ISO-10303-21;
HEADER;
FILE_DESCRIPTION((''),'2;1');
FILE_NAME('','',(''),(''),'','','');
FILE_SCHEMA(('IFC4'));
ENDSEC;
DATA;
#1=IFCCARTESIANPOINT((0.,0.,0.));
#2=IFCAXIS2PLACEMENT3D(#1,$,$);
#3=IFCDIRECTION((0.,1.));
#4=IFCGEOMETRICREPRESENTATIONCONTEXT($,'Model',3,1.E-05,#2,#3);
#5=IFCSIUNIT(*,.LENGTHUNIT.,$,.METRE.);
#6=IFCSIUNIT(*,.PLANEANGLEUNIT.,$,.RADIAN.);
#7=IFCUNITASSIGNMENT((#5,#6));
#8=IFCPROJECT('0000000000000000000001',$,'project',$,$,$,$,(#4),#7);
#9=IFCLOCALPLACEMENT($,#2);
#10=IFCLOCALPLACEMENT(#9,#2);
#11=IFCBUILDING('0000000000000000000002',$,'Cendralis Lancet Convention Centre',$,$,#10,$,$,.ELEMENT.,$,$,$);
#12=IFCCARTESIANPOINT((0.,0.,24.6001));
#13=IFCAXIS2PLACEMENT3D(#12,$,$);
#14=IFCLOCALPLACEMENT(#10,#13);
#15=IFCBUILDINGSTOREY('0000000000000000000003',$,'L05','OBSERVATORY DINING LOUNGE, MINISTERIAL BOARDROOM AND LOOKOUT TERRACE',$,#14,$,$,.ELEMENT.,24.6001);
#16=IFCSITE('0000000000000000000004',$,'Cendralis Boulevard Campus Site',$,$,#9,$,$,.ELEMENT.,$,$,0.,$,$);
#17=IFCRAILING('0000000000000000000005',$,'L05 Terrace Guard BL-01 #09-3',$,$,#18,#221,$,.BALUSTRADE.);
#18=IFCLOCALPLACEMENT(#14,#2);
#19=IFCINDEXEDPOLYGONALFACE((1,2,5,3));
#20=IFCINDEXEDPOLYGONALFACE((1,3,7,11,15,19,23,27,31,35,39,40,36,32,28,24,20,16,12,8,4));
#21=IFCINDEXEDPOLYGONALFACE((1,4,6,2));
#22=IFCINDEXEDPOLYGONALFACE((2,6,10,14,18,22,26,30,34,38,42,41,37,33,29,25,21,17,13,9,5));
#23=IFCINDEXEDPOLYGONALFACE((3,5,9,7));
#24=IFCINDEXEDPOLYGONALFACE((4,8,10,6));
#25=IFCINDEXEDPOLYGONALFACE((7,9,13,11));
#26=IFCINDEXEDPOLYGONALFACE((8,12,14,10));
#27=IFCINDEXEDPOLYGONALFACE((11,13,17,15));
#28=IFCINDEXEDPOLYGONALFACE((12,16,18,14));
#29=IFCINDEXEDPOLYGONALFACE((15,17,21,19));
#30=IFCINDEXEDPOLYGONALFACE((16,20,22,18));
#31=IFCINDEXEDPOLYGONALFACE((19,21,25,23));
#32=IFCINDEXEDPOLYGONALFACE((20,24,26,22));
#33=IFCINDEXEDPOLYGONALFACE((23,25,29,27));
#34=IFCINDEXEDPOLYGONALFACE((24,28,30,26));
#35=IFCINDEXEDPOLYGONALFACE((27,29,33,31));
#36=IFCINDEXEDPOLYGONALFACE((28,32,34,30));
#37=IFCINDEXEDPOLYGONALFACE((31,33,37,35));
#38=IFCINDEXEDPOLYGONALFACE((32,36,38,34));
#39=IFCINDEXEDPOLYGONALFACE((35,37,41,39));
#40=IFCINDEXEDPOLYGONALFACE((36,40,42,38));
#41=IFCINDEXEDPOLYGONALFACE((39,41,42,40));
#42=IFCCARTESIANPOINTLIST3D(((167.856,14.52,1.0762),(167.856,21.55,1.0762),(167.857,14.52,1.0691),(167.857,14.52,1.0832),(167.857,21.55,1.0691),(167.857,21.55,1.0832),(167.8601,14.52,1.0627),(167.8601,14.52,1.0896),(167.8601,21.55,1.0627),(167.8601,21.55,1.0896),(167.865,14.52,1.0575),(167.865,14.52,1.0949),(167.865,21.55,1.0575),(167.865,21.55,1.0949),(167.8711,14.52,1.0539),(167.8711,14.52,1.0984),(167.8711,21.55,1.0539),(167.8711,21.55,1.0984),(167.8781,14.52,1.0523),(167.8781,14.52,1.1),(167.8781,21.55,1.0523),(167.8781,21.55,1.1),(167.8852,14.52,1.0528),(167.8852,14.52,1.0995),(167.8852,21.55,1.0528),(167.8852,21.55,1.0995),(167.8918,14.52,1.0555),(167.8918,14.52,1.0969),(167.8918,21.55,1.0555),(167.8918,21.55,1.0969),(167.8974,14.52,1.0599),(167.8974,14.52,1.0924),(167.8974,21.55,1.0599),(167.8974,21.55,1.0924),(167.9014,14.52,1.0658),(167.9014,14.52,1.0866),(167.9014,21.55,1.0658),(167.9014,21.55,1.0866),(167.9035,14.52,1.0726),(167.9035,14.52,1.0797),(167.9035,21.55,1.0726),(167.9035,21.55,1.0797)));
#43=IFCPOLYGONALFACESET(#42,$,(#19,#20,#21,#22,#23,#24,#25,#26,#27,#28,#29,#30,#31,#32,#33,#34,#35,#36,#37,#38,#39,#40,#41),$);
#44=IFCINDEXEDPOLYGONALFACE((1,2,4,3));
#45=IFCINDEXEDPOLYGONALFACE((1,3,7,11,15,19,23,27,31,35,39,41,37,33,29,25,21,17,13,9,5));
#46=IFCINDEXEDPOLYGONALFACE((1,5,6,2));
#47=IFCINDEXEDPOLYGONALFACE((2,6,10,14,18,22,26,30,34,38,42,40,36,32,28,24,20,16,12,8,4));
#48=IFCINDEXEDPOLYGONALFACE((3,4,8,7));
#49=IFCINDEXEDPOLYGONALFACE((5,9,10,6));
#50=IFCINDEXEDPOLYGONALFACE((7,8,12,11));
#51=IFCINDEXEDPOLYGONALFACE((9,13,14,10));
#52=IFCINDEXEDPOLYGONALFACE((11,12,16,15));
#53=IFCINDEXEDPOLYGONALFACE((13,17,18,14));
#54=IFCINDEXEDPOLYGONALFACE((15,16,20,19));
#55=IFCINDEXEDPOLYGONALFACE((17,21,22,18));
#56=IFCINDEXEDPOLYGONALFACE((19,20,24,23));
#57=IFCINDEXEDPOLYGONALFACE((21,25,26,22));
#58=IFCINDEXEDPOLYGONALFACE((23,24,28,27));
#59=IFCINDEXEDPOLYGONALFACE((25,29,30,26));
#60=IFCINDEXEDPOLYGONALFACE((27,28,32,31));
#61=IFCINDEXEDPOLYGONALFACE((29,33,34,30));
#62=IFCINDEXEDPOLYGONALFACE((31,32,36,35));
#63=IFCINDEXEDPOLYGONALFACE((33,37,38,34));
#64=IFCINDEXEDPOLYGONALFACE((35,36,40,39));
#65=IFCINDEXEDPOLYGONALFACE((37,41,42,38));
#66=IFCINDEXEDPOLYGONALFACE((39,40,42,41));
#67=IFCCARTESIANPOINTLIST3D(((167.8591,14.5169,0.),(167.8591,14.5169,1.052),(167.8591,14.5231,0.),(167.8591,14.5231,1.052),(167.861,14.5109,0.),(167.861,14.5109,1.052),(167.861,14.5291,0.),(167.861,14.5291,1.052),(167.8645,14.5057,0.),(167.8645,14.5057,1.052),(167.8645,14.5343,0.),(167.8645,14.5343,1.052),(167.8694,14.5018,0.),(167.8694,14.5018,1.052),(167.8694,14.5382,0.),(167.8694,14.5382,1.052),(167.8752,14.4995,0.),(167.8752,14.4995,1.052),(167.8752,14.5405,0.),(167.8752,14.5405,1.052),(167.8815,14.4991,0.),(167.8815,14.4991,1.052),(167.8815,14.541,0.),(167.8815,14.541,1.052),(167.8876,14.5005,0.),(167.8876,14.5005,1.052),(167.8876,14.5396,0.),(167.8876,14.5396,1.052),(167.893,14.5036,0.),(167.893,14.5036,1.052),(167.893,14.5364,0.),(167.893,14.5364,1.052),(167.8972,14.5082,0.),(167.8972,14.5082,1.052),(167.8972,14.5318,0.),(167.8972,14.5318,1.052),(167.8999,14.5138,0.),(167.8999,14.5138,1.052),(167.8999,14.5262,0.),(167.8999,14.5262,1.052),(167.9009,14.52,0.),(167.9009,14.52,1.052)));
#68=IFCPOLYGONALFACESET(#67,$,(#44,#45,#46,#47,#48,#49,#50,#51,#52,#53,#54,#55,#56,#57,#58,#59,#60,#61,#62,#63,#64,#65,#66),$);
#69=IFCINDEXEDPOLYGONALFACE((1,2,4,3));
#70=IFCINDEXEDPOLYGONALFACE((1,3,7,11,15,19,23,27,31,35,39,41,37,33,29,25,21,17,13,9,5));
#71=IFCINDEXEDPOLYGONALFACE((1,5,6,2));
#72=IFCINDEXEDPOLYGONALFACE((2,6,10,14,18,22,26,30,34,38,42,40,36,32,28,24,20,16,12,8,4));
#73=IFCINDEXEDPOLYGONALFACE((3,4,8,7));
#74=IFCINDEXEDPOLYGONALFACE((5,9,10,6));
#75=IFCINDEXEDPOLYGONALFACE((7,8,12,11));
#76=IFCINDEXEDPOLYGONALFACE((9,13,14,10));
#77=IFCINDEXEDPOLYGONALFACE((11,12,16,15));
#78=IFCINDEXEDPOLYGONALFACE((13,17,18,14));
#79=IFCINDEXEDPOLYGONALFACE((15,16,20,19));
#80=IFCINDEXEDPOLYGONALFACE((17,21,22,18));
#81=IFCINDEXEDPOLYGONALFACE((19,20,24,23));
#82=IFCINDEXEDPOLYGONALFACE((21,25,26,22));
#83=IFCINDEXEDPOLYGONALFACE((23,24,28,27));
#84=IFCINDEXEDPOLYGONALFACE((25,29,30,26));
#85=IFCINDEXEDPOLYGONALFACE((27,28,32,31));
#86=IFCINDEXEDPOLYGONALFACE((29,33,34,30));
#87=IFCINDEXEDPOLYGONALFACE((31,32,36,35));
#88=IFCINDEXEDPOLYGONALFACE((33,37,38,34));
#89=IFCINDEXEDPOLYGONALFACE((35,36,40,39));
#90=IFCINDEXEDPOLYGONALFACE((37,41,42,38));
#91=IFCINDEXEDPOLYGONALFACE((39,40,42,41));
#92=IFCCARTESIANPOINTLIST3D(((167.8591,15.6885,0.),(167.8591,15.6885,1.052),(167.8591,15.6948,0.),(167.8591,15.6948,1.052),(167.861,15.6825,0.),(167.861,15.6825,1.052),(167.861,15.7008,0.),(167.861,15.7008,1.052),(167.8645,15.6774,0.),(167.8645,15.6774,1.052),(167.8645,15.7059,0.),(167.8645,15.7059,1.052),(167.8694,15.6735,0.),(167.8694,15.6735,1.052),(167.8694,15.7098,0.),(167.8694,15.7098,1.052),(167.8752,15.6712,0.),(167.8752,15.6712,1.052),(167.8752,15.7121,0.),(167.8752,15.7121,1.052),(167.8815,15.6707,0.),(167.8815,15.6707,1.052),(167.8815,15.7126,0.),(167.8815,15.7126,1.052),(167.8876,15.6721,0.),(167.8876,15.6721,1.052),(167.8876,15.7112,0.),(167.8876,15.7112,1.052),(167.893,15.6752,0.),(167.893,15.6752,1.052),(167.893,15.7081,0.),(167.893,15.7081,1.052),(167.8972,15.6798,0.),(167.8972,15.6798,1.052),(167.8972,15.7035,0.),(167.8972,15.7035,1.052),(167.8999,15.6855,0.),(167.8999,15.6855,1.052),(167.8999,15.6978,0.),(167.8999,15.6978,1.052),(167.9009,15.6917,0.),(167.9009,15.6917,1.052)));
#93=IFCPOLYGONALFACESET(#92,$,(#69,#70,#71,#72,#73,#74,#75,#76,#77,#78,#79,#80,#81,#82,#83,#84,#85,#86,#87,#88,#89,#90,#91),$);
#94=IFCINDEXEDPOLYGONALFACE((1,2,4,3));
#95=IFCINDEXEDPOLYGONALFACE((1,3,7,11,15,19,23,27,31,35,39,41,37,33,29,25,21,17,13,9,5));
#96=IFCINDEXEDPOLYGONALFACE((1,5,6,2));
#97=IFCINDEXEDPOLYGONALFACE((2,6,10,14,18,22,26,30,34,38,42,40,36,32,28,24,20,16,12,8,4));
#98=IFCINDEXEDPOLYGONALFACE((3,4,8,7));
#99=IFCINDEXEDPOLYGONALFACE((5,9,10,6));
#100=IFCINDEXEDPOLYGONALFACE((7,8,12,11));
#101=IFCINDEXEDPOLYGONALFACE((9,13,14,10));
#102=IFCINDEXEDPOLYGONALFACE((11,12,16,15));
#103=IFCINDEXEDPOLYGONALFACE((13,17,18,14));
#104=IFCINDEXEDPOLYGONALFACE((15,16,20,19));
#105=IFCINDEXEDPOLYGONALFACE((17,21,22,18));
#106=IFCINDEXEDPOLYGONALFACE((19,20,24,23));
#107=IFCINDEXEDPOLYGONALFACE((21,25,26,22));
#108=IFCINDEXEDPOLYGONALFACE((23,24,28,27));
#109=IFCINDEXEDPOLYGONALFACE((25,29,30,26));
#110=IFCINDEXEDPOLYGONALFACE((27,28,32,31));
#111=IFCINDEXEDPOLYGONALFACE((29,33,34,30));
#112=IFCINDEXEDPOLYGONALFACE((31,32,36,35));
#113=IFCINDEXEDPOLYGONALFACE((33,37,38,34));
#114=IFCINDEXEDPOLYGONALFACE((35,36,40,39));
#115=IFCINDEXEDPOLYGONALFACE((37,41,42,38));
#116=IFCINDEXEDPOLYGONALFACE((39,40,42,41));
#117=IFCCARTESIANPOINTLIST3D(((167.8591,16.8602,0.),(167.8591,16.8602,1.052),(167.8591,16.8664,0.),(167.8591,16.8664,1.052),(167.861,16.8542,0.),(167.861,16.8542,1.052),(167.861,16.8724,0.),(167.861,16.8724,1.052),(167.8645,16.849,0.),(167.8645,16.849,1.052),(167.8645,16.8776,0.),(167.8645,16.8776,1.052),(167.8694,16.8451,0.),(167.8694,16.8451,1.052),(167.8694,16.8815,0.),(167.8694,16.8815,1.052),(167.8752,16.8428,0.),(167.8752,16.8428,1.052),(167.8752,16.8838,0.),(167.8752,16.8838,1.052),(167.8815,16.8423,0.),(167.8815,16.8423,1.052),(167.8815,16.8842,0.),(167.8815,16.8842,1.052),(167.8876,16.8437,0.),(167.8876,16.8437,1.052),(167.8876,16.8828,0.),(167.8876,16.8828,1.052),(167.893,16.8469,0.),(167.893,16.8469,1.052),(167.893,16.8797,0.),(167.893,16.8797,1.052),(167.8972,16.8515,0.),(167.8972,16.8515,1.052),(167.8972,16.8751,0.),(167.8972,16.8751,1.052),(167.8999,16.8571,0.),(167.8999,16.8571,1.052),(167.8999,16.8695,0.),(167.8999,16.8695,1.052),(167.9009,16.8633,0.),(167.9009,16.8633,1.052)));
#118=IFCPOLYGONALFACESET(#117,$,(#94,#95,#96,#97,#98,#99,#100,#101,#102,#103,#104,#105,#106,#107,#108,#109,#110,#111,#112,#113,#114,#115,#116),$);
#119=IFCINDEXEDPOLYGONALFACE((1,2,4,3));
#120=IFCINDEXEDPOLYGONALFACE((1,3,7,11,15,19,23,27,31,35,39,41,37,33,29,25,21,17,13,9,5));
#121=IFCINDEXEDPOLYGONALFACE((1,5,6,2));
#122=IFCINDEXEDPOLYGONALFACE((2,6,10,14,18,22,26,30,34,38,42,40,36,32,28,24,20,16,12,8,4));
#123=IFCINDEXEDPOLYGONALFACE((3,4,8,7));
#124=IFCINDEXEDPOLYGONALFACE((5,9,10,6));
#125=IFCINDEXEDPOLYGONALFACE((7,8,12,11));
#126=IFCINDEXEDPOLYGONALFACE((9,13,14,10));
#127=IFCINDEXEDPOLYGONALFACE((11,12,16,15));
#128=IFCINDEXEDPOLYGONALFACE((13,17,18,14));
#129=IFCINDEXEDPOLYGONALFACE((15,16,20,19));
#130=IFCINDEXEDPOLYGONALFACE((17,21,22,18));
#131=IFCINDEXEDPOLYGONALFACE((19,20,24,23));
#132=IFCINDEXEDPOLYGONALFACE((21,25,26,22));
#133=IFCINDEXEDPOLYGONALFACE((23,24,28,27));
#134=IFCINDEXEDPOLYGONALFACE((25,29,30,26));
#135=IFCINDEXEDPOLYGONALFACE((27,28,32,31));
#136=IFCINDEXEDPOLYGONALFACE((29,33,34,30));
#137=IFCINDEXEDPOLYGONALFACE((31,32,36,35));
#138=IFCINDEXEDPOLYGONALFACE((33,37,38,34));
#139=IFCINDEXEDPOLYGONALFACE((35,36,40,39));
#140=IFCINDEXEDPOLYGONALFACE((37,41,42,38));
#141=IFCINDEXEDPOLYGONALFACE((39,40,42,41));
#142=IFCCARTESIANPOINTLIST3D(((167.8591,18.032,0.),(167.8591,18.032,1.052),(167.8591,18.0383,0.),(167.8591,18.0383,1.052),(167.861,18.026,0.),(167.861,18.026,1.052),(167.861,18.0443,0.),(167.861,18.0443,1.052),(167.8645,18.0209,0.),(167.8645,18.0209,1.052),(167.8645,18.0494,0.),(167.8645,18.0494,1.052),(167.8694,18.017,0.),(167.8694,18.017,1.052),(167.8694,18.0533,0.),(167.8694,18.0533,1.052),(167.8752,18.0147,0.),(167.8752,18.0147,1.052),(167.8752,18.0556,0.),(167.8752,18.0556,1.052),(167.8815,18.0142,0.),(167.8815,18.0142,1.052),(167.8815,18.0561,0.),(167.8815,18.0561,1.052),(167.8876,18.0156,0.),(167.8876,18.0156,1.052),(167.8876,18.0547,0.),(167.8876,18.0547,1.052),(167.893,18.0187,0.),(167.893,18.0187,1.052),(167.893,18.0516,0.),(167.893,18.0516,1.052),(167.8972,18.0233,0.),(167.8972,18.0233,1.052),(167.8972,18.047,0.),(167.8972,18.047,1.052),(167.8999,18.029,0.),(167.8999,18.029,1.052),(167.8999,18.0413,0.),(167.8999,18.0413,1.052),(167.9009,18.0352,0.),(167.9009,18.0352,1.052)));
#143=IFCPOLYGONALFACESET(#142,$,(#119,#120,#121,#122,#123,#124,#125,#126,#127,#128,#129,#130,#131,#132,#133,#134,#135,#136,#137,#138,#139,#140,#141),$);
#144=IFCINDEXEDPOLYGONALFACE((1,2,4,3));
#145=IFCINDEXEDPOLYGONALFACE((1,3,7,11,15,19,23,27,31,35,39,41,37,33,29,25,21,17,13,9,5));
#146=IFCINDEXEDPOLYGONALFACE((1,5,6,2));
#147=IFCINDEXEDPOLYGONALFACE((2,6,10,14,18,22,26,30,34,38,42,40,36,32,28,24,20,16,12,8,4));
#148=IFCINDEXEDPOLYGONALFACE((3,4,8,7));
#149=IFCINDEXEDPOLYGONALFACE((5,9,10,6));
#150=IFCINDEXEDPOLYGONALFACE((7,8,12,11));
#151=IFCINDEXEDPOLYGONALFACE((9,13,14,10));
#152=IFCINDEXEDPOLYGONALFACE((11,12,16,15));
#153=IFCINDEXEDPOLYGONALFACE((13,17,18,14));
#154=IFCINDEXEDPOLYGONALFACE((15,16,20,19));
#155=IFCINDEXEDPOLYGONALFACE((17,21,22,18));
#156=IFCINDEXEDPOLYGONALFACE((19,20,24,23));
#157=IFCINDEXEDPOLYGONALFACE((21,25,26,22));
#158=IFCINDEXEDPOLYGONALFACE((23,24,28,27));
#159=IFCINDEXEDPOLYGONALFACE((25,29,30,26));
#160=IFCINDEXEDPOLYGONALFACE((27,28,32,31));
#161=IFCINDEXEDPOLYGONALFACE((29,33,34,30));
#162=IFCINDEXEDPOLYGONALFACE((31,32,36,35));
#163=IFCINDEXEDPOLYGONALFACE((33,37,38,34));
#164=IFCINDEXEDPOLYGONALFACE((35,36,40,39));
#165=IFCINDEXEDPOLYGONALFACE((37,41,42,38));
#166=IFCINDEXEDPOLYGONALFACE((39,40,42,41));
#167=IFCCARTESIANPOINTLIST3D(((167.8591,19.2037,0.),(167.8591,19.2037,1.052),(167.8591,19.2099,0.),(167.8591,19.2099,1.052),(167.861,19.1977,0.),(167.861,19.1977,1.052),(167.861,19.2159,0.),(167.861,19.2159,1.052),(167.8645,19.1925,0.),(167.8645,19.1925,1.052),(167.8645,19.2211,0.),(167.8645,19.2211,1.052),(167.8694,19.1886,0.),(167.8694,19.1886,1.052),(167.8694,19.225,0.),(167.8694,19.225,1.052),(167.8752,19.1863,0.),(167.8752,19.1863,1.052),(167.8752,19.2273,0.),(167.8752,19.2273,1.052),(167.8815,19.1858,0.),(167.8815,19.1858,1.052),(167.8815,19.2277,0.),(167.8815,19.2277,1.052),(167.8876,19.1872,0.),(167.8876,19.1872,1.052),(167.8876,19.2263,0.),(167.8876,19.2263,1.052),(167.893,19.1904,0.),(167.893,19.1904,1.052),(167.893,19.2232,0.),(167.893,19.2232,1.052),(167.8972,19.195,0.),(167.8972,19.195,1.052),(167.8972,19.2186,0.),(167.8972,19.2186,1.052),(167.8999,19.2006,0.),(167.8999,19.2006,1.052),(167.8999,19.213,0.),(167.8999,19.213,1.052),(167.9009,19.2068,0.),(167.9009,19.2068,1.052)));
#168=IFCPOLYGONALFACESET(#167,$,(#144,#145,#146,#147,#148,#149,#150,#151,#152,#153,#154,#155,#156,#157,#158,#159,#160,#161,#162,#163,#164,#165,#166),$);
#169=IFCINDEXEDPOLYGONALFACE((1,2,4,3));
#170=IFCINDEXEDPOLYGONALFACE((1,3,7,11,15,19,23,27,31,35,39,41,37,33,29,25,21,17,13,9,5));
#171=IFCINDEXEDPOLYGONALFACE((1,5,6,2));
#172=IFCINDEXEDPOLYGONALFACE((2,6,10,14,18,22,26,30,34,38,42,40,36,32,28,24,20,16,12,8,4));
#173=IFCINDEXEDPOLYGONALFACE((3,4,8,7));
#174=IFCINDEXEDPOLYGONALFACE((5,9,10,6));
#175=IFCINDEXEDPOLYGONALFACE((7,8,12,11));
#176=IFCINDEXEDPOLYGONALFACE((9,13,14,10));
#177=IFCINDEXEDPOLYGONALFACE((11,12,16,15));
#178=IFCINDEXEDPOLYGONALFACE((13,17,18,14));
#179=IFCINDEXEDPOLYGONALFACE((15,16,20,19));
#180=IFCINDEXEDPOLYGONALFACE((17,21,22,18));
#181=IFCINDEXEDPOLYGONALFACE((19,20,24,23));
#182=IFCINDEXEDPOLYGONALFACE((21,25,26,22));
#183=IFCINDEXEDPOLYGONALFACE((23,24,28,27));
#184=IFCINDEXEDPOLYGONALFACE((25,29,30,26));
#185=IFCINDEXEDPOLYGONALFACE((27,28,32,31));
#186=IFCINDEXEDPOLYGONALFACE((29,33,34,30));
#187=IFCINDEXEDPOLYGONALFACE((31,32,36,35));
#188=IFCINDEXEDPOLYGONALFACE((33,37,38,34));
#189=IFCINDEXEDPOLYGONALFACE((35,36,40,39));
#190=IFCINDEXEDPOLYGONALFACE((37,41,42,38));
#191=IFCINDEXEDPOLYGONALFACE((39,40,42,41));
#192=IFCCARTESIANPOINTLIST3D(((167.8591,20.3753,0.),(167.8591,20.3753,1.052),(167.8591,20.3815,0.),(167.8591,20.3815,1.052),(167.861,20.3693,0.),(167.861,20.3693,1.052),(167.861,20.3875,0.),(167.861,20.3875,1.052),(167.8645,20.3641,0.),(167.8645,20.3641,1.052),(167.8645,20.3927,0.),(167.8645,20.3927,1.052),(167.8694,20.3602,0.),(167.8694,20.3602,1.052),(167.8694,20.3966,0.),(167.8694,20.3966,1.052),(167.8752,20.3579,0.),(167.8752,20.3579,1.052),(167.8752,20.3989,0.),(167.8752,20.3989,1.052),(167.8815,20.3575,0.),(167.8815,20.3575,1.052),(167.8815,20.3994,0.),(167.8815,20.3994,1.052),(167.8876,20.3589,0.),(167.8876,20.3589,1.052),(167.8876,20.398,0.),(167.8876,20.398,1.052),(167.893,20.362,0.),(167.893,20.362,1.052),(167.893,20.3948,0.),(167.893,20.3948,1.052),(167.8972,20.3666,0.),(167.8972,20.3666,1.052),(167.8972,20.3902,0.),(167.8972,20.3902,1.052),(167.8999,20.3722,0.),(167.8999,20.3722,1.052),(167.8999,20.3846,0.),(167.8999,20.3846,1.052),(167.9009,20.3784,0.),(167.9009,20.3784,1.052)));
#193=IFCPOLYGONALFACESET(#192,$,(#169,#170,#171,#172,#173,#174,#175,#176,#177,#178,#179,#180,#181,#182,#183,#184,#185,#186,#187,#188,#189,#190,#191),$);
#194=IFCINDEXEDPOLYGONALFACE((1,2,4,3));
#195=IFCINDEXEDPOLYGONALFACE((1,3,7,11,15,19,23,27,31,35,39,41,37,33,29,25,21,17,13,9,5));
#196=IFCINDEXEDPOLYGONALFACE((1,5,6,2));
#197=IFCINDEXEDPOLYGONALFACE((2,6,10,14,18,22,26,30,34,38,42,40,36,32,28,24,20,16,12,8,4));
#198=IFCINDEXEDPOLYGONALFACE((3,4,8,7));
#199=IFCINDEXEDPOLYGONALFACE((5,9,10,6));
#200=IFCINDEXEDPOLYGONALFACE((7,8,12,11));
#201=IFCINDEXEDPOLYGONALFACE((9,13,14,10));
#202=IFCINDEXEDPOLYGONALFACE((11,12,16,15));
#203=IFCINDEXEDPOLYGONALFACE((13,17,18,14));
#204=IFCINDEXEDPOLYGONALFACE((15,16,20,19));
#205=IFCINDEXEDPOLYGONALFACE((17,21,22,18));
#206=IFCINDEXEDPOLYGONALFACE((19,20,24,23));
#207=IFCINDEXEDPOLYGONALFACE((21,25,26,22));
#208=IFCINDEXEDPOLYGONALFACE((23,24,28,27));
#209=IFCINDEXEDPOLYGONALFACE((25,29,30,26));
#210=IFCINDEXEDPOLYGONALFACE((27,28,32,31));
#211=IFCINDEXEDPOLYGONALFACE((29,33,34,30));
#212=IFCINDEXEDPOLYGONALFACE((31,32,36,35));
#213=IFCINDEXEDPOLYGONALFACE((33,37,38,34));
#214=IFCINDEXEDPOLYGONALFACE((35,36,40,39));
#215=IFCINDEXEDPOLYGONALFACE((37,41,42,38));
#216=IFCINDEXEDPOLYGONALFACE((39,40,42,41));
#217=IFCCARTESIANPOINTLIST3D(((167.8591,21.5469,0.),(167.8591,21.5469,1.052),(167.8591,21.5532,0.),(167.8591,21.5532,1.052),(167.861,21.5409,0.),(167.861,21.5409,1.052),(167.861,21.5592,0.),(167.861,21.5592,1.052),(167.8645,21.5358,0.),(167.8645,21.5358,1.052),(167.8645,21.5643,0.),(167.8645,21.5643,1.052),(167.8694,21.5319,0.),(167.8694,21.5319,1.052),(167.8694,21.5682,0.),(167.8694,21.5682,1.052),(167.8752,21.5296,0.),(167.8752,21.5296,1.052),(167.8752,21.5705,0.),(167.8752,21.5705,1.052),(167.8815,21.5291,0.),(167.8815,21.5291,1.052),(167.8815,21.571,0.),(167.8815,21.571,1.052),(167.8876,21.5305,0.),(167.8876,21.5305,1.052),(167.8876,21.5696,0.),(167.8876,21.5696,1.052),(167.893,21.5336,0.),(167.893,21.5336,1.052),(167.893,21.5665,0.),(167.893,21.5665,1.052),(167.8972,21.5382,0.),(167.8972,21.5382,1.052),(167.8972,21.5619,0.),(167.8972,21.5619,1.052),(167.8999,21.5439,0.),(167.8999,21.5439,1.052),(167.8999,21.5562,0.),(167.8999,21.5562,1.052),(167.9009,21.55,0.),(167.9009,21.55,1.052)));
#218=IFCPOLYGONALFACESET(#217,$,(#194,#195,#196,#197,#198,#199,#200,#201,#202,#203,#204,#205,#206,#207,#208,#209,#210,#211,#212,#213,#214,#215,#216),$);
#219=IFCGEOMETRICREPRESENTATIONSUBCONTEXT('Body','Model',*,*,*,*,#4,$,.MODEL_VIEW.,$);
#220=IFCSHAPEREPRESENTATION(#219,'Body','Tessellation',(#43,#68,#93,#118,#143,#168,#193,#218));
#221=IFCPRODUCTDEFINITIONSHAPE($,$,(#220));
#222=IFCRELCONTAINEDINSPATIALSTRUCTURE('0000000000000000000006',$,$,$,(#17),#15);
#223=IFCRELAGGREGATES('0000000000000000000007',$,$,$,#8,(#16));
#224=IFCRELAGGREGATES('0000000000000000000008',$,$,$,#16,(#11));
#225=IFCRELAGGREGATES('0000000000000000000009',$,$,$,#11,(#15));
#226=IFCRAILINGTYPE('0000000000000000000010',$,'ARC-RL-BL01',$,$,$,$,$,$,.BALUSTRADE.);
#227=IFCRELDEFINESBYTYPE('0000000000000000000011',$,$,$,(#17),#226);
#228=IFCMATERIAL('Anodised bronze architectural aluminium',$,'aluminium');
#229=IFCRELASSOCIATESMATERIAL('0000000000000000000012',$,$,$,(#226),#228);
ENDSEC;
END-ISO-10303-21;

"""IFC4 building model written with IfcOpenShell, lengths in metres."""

from ifc_helpers import new_model, si_unit, direction, frame, origin, origin_2d, place, context, subcontext, project, spatial, circle, extrude, material, type_object, element, save


model = new_model("IFC4")

# Units and contexts
model_context = context("Model", 3, precision=1e-05, world=origin(), true_north=direction((0.0, 1.0)))
body_context = subcontext(model_context, "Body", "Model", "MODEL_VIEW")
ifc_project = project(units=[si_unit("LENGTHUNIT", "METRE"), si_unit("PLANEANGLEUNIT", "RADIAN")], contexts=[model_context])

# Site, building, storey
site_placement = place(None, origin())
site = spatial("IfcSite", under=ifc_project, at=site_placement, Name="Cendralis Boulevard Campus Site", CompositionType="ELEMENT", RefElevation=0.0)
building_placement = place(site_placement, origin())
building = spatial("IfcBuilding", under=site, at=building_placement, Name="Cendralis Lancet Convention Centre", CompositionType="ELEMENT")
storey_placement = place(building_placement, frame((0.0, 0.0, 24.6001)))
storey = spatial("IfcBuildingStorey", under=building, at=storey_placement, Name="L05", Description="OBSERVATORY DINING LOUNGE, MINISTERIAL BOARDROOM AND LOOKOUT TERRACE", CompositionType="ELEMENT", Elevation=24.6001)

# Shared definitions
ifc_material_1 = material(Name="Anodised bronze architectural aluminium", Category="aluminium")

# Railing
railing_type = type_object("IfcRailingType", Name="ARC-RL-BL01", PredefinedType="BALUSTRADE", material=ifc_material_1)
railing_placement = place(storey_placement, frame((167.8799, 14.52, 0.0)))
element("IfcRailing", 1, at=railing_placement, inside=storey, type_object=railing_type, Name="L05 Terrace Guard BL-01 #09-3", PredefinedType="BALUSTRADE", context=body_context, shape_type="SweptSolid", body=[
    extrude(circle(Radius=0.0239, at=origin_2d()), frame((0.0, 0.0, 1.0762), z_axis=(0.0, 1.0, 0.0), x_axis=(-1.0, 0.0, 0.0)), (0.0, 0.0, 1.0), 7.03),
    extrude(circle(Radius=0.021, at=origin_2d()), origin(), (0.0, 0.0, 1.0), 1.052),
    extrude(circle(Radius=0.021, at=origin_2d()), frame((0.0, 1.1716, 0.0)), (0.0, 0.0, 1.0), 1.052),
    extrude(circle(Radius=0.021, at=origin_2d()), frame((0.0, 2.3433, 0.0)), (0.0, 0.0, 1.0), 1.052),
    extrude(circle(Radius=0.021, at=origin_2d()), frame((0.0, 3.5151, 0.0)), (0.0, 0.0, 1.0), 1.052),
    extrude(circle(Radius=0.021, at=origin_2d()), frame((0.0, 4.6868, 0.0)), (0.0, 0.0, 1.0), 1.052),
    extrude(circle(Radius=0.021, at=origin_2d()), frame((0.0, 5.8584, 0.0)), (0.0, 0.0, 1.0), 1.052),
    extrude(circle(Radius=0.021, at=origin_2d()), frame((0.0, 7.03, 0.0)), (0.0, 0.0, 1.0), 1.052),
])

save(model, "model.ifc")
